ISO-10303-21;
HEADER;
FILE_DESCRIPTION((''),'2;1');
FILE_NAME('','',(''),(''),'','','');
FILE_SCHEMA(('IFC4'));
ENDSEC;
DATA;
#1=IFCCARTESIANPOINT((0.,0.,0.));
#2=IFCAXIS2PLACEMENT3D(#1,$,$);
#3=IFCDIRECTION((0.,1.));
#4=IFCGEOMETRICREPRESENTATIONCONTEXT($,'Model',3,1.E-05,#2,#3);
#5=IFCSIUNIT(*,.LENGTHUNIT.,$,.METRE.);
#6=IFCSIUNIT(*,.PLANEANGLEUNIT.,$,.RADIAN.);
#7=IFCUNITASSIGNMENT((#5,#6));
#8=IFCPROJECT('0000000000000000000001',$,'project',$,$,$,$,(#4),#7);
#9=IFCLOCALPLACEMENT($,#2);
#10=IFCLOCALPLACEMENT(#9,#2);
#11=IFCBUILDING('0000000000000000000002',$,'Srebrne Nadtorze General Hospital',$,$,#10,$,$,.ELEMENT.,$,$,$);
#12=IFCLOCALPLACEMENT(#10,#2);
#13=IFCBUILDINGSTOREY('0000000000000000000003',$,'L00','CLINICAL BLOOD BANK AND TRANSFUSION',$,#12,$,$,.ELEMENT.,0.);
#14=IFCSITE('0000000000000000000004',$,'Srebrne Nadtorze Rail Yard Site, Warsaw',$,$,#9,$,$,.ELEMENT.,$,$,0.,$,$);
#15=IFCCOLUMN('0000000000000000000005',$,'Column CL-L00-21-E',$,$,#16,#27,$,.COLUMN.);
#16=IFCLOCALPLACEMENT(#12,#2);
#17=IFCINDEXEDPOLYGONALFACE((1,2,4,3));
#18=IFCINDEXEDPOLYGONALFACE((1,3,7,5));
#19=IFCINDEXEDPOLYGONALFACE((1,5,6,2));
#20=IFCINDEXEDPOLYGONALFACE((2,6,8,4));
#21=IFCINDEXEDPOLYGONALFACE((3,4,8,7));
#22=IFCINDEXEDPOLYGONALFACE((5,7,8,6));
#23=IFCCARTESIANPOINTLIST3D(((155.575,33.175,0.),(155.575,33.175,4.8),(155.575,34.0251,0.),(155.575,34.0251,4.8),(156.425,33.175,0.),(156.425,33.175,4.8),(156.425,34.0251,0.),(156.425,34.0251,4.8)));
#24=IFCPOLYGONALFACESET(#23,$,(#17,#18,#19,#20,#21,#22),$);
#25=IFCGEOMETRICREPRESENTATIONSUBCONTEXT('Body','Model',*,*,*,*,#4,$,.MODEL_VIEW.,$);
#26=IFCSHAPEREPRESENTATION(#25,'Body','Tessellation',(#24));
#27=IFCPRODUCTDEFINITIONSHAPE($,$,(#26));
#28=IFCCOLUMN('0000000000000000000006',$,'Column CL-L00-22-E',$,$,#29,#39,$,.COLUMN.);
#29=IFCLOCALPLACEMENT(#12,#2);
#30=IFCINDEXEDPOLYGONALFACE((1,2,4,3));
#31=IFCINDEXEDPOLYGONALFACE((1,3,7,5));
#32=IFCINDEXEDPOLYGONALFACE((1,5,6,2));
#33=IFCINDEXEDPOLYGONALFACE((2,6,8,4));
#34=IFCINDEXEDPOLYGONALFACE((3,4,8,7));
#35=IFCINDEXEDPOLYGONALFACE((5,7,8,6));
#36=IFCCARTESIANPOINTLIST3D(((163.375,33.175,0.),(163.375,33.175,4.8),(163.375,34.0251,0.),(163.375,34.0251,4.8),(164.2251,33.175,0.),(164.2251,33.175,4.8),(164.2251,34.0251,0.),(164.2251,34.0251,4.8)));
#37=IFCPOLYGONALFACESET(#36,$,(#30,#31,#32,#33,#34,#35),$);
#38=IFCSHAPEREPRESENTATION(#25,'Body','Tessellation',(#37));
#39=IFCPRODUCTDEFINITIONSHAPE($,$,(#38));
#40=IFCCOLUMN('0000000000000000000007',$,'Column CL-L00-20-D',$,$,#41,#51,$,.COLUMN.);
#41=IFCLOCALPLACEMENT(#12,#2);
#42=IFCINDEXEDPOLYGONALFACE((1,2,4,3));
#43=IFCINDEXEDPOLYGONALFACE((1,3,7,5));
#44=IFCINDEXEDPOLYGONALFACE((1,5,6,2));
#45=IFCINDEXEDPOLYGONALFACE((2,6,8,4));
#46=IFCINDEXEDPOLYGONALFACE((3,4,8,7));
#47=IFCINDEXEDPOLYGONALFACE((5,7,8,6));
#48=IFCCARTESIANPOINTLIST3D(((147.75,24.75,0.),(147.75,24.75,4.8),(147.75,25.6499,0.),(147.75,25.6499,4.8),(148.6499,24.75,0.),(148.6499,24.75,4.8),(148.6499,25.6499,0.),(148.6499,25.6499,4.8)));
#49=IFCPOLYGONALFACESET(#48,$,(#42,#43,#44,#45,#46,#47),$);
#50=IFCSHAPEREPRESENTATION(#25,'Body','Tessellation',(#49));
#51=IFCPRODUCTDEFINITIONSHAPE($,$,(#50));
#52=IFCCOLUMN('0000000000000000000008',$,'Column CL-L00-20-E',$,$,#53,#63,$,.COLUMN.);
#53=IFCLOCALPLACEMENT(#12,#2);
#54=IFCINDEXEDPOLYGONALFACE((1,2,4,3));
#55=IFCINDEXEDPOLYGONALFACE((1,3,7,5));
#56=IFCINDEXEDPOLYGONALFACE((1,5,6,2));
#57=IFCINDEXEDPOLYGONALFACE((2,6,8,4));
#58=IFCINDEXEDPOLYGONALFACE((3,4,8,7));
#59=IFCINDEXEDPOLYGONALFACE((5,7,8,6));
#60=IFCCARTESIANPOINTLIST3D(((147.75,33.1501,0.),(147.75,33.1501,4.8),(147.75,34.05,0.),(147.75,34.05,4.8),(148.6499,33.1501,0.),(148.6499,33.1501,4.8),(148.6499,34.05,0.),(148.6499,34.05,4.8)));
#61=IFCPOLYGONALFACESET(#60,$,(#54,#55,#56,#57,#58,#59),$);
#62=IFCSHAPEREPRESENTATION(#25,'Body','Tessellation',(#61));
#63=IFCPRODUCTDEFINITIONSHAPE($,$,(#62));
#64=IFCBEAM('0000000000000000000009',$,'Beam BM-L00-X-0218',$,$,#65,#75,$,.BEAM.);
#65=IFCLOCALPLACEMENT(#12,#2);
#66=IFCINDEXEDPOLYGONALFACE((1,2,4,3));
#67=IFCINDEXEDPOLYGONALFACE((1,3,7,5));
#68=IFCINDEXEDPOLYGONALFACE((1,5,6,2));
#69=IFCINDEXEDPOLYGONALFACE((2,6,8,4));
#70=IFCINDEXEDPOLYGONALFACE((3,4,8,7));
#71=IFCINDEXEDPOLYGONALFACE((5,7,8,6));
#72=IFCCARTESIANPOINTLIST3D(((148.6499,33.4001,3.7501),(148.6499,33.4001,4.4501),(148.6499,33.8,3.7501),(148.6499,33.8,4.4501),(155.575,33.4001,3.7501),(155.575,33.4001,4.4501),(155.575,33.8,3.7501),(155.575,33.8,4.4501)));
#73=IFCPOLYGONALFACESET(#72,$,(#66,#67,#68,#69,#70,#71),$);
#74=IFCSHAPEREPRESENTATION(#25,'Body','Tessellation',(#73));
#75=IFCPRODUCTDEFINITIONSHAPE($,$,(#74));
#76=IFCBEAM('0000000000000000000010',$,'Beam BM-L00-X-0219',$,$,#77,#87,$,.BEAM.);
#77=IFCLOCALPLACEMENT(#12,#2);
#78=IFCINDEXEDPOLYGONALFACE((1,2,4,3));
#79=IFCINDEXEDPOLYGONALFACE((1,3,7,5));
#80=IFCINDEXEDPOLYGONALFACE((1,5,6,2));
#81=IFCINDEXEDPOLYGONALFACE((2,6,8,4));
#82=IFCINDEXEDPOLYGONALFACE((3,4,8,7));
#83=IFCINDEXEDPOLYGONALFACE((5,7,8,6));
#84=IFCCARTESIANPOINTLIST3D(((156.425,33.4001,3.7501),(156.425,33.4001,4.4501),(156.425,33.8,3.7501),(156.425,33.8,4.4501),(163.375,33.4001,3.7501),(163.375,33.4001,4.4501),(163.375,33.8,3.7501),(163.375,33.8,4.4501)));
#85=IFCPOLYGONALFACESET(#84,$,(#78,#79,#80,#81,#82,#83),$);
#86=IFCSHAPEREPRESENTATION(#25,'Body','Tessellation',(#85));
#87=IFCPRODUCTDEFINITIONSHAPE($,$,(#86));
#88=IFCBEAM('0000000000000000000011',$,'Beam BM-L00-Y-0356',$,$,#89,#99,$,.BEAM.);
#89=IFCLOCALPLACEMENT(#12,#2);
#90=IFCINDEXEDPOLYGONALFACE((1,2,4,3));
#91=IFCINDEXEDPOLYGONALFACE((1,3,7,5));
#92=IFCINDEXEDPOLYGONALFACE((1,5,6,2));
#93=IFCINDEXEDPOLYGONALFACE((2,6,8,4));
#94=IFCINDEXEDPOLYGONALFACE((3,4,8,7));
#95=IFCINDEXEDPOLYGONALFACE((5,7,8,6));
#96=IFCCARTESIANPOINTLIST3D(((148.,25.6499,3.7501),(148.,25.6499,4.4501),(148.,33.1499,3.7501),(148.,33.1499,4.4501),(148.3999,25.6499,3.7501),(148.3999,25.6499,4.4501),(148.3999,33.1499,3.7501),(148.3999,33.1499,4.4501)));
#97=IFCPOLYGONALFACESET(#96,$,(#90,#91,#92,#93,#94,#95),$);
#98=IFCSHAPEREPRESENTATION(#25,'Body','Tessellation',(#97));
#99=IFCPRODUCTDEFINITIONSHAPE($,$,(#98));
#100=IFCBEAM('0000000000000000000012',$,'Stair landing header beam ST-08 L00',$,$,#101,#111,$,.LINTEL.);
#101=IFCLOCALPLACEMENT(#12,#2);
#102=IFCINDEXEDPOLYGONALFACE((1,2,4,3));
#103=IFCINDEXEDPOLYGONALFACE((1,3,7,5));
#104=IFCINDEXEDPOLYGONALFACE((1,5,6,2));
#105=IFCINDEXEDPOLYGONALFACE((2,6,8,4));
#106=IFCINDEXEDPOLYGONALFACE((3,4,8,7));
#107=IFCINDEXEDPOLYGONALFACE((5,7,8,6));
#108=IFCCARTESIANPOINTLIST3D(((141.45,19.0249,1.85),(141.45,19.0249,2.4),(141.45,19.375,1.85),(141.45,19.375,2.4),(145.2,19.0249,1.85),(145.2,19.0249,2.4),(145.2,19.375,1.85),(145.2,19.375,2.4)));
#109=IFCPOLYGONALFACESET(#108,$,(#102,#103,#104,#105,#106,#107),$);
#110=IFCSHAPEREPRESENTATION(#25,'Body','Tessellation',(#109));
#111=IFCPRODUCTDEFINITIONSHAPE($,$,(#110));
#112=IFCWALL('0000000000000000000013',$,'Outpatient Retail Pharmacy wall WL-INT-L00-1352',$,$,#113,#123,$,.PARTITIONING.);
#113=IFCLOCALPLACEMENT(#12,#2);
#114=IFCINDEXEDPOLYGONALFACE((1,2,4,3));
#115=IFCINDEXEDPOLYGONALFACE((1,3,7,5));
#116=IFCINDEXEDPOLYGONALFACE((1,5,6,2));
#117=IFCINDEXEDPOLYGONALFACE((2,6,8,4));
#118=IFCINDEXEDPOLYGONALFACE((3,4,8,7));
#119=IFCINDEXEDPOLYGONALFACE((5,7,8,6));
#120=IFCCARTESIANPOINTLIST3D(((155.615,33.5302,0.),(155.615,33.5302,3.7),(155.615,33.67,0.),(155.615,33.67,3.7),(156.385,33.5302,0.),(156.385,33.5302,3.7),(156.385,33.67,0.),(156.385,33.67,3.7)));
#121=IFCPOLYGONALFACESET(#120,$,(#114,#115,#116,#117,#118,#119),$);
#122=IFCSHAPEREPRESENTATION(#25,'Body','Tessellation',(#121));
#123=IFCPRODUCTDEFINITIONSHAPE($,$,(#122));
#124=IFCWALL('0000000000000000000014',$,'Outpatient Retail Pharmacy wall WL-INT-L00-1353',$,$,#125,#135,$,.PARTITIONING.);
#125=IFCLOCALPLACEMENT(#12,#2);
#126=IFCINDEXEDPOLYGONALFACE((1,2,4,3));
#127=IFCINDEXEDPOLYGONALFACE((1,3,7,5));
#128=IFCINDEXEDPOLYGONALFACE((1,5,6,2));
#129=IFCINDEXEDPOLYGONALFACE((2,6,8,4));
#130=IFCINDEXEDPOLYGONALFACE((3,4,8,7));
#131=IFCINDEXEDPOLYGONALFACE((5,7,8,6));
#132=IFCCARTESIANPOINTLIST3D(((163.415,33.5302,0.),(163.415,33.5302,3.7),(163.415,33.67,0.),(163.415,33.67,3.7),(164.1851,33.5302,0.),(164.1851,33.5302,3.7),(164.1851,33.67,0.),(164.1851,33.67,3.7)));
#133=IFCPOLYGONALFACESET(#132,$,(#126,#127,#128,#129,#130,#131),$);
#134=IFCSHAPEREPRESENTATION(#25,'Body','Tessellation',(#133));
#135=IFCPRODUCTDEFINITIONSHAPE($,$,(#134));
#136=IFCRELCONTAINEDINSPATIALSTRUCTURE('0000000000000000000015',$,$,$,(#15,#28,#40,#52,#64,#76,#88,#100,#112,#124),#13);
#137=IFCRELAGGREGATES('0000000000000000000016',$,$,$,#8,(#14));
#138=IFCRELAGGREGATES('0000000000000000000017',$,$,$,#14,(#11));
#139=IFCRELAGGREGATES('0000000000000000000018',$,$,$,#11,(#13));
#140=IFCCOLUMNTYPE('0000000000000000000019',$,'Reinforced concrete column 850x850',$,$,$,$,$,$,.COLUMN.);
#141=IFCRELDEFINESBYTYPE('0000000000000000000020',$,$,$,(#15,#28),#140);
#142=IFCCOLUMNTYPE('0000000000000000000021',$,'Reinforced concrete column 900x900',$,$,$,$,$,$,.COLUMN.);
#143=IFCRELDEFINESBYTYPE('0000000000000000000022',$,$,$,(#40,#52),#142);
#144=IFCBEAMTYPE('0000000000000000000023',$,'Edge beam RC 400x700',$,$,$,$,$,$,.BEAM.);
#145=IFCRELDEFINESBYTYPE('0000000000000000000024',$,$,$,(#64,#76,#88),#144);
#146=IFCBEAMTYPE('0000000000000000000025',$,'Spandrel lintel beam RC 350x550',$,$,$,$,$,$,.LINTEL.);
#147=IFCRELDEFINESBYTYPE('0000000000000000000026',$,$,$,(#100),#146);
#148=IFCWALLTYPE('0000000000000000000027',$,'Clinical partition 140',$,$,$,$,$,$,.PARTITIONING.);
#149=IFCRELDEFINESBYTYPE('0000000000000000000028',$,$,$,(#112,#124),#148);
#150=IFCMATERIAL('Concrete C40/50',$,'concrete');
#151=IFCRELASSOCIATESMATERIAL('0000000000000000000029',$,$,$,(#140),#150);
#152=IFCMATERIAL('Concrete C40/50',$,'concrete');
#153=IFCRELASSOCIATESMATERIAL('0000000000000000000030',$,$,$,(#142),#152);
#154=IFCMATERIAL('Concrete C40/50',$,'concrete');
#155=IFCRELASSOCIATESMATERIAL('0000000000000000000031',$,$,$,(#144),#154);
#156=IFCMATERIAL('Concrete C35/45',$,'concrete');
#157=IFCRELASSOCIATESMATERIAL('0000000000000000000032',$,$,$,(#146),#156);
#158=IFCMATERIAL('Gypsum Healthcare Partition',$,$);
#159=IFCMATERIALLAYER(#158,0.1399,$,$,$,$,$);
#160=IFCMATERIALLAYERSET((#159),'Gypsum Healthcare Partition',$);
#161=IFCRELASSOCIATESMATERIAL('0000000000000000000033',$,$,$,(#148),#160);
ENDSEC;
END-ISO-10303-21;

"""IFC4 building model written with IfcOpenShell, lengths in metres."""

from ifc_helpers import new_model, si_unit, direction, frame, frame_2d, origin, origin_2d, place, context, subcontext, project, spatial, rectangle, extrude, material, layer, layer_set, material_profile, profile_set, type_object, element, save


model = new_model("IFC4")

# Units and contexts
model_context = context("Model", 3, precision=1e-05, world=origin(), true_north=direction((0.0, 1.0)))
body_context = subcontext(model_context, "Body", "Model", "MODEL_VIEW")
ifc_project = project(units=[si_unit("LENGTHUNIT", "METRE"), si_unit("PLANEANGLEUNIT", "RADIAN")], contexts=[model_context])

# Site, building, storey
site_placement = place(None, origin())
site = spatial("IfcSite", under=ifc_project, at=site_placement, Name="Srebrne Nadtorze Rail Yard Site, Warsaw", CompositionType="ELEMENT", RefElevation=0.0)
building_placement = place(site_placement, origin())
building = spatial("IfcBuilding", under=site, at=building_placement, Name="Srebrne Nadtorze General Hospital", CompositionType="ELEMENT")
storey_placement = place(building_placement, origin())
storey = spatial("IfcBuildingStorey", under=building, at=storey_placement, Name="L00", Description="CLINICAL BLOOD BANK AND TRANSFUSION", CompositionType="ELEMENT", Elevation=0.0)

# Columns
ifc_material_1 = material(Name="Concrete C40/50", Category="concrete")
ifc_material_profile_1 = material_profile(ifc_material_1, rectangle(XDim=0.8501, YDim=0.8501, at=origin_2d()), Name="RC-COL-850x850")
ifc_profile_set_1 = profile_set([ifc_material_profile_1], Name="Concrete C40/50")
column_type_1 = type_object("IfcColumnType", Name="Reinforced concrete column 850x850", PredefinedType="COLUMN", material=ifc_profile_set_1)
for number, where, z_axis, x_axis, name in (
    (1, (156.0, 33.6001, 0.0), (0.0, 0.0, 1.0), (1.0, 0.0, 0.0), "Column CL-L00-21-E"),
    (2, (163.8, 33.6001, 0.0), (0.0, 0.0, 1.0), (1.0, 0.0, 0.0), "Column CL-L00-22-E"),
):
    element("IfcColumn", number, at=place(storey_placement, frame(where, z_axis=z_axis, x_axis=x_axis)), inside=storey, type_object=column_type_1, Name=name, PredefinedType="COLUMN", context=body_context, shape_type="SweptSolid", body=[
        extrude(rectangle(XDim=0.8501, YDim=0.8501, at=origin_2d()), origin(), (0.0, 0.0, 1.0), 4.8),
    ])
ifc_material_2 = material(Name="Concrete C40/50", Category="concrete")
ifc_material_profile_2 = material_profile(ifc_material_2, rectangle(XDim=0.8999, YDim=0.8999, at=origin_2d()), Name="RC-COL-900x900")
ifc_profile_set_2 = profile_set([ifc_material_profile_2], Name="Concrete C40/50")
column_type_2 = type_object("IfcColumnType", Name="Reinforced concrete column 900x900", PredefinedType="COLUMN", material=ifc_profile_set_2)
for number, where, z_axis, x_axis, name in (
    (3, (148.2, 25.2, 0.0), (0.0, 0.0, 1.0), (1.0, 0.0, 0.0), "Column CL-L00-20-D"),
    (4, (148.2, 33.6001, 0.0), (0.0, 0.0, 1.0), (1.0, 0.0, 0.0), "Column CL-L00-20-E"),
):
    element("IfcColumn", number, at=place(storey_placement, frame(where, z_axis=z_axis, x_axis=x_axis)), inside=storey, type_object=column_type_2, Name=name, PredefinedType="COLUMN", context=body_context, shape_type="SweptSolid", body=[
        extrude(rectangle(XDim=0.8999, YDim=0.8999, at=origin_2d()), origin(), (0.0, 0.0, 1.0), 4.8),
    ])

# Beams
ifc_material_3 = material(Name="Concrete C40/50", Category="concrete")
ifc_material_profile_3 = material_profile(ifc_material_3, rectangle(XDim=0.3999, YDim=0.7, at=origin_2d()), Name="RC-BM-400x700")
ifc_profile_set_3 = profile_set([ifc_material_profile_3], Name="Concrete C40/50")
beam_type_1 = type_object("IfcBeamType", Name="Edge beam RC 400x700", PredefinedType="BEAM", material=ifc_profile_set_3)
beam_1_placement = place(storey_placement, frame((148.6499, 33.6001, 4.1001), z_axis=(1.0, 0.0, 0.0), x_axis=(0.0, 1.0, 0.0)))
element("IfcBeam", 5, at=beam_1_placement, inside=storey, type_object=beam_type_1, Name="Beam BM-L00-X-0218", PredefinedType="BEAM", context=body_context, shape_type="SweptSolid", body=[
    extrude(rectangle(XDim=0.3999, YDim=0.7, at=origin_2d()), origin(), (0.0, 0.0, 1.0), 6.925),
])
beam_2_placement = place(storey_placement, frame((156.425, 33.6001, 4.1001), z_axis=(1.0, 0.0, 0.0), x_axis=(0.0, 1.0, 0.0)))
element("IfcBeam", 6, at=beam_2_placement, inside=storey, type_object=beam_type_1, Name="Beam BM-L00-X-0219", PredefinedType="BEAM", context=body_context, shape_type="SweptSolid", body=[
    extrude(rectangle(XDim=0.3999, YDim=0.7, at=origin_2d()), origin(), (0.0, 0.0, 1.0), 6.95),
])
beam_3_placement = place(storey_placement, frame((148.2, 25.6499, 4.1001), z_axis=(0.0, 1.0, 0.0), x_axis=(-1.0, 0.0, 0.0)))
element("IfcBeam", 7, at=beam_3_placement, inside=storey, type_object=beam_type_1, Name="Beam BM-L00-Y-0356", PredefinedType="BEAM", context=body_context, shape_type="SweptSolid", body=[
    extrude(rectangle(XDim=0.3999, YDim=0.7, at=origin_2d()), origin(), (0.0, 0.0, 1.0), 7.5),
])
ifc_material_4 = material(Name="Concrete C35/45", Category="concrete")
ifc_material_profile_4 = material_profile(ifc_material_4, rectangle(XDim=0.3501, YDim=0.55, at=origin_2d()), Name="RC-BM-350x550")
ifc_profile_set_4 = profile_set([ifc_material_profile_4], Name="Concrete C35/45")
beam_type_2 = type_object("IfcBeamType", Name="Spandrel lintel beam RC 350x550", PredefinedType="LINTEL", material=ifc_profile_set_4)
beam_4_placement = place(storey_placement, frame((141.45, 19.2, 2.125), z_axis=(1.0, 0.0, 0.0), x_axis=(0.0, 1.0, 0.0)))
element("IfcBeam", 8, at=beam_4_placement, inside=storey, type_object=beam_type_2, Name="Stair landing header beam ST-08 L00", PredefinedType="LINTEL", context=body_context, shape_type="SweptSolid", body=[
    extrude(rectangle(XDim=0.3501, YDim=0.55, at=origin_2d()), origin(), (0.0, 0.0, 1.0), 3.75),
])

# Walls
ifc_material_5 = material(Name="Gypsum Healthcare Partition")
ifc_layer_1 = layer(ifc_material_5, 0.1399)
ifc_layer_set_1 = layer_set([ifc_layer_1], Name="Gypsum Healthcare Partition")
wall_type_1 = type_object("IfcWallType", Name="Clinical partition 140", PredefinedType="PARTITIONING", material=ifc_layer_set_1)
for number, where, z_axis, x_axis, name in (
    (9, (155.615, 33.6001, 0.0), (0.0, 0.0, 1.0), (1.0, 0.0, 0.0), "Outpatient Retail Pharmacy wall WL-INT-L00-1352"),
    (10, (163.415, 33.6001, 0.0), (0.0, 0.0, 1.0), (1.0, 0.0, 0.0), "Outpatient Retail Pharmacy wall WL-INT-L00-1353"),
):
    element("IfcWall", number, at=place(storey_placement, frame(where, z_axis=z_axis, x_axis=x_axis)), inside=storey, type_object=wall_type_1, Name=name, PredefinedType="PARTITIONING", context=body_context, shape_type="SweptSolid", body=[
        extrude(rectangle(XDim=0.77, YDim=0.1399, at=frame_2d((0.385, 0.0))), origin(), (0.0, 0.0, 1.0), 3.7),
    ])

save(model, "model.ifc")
